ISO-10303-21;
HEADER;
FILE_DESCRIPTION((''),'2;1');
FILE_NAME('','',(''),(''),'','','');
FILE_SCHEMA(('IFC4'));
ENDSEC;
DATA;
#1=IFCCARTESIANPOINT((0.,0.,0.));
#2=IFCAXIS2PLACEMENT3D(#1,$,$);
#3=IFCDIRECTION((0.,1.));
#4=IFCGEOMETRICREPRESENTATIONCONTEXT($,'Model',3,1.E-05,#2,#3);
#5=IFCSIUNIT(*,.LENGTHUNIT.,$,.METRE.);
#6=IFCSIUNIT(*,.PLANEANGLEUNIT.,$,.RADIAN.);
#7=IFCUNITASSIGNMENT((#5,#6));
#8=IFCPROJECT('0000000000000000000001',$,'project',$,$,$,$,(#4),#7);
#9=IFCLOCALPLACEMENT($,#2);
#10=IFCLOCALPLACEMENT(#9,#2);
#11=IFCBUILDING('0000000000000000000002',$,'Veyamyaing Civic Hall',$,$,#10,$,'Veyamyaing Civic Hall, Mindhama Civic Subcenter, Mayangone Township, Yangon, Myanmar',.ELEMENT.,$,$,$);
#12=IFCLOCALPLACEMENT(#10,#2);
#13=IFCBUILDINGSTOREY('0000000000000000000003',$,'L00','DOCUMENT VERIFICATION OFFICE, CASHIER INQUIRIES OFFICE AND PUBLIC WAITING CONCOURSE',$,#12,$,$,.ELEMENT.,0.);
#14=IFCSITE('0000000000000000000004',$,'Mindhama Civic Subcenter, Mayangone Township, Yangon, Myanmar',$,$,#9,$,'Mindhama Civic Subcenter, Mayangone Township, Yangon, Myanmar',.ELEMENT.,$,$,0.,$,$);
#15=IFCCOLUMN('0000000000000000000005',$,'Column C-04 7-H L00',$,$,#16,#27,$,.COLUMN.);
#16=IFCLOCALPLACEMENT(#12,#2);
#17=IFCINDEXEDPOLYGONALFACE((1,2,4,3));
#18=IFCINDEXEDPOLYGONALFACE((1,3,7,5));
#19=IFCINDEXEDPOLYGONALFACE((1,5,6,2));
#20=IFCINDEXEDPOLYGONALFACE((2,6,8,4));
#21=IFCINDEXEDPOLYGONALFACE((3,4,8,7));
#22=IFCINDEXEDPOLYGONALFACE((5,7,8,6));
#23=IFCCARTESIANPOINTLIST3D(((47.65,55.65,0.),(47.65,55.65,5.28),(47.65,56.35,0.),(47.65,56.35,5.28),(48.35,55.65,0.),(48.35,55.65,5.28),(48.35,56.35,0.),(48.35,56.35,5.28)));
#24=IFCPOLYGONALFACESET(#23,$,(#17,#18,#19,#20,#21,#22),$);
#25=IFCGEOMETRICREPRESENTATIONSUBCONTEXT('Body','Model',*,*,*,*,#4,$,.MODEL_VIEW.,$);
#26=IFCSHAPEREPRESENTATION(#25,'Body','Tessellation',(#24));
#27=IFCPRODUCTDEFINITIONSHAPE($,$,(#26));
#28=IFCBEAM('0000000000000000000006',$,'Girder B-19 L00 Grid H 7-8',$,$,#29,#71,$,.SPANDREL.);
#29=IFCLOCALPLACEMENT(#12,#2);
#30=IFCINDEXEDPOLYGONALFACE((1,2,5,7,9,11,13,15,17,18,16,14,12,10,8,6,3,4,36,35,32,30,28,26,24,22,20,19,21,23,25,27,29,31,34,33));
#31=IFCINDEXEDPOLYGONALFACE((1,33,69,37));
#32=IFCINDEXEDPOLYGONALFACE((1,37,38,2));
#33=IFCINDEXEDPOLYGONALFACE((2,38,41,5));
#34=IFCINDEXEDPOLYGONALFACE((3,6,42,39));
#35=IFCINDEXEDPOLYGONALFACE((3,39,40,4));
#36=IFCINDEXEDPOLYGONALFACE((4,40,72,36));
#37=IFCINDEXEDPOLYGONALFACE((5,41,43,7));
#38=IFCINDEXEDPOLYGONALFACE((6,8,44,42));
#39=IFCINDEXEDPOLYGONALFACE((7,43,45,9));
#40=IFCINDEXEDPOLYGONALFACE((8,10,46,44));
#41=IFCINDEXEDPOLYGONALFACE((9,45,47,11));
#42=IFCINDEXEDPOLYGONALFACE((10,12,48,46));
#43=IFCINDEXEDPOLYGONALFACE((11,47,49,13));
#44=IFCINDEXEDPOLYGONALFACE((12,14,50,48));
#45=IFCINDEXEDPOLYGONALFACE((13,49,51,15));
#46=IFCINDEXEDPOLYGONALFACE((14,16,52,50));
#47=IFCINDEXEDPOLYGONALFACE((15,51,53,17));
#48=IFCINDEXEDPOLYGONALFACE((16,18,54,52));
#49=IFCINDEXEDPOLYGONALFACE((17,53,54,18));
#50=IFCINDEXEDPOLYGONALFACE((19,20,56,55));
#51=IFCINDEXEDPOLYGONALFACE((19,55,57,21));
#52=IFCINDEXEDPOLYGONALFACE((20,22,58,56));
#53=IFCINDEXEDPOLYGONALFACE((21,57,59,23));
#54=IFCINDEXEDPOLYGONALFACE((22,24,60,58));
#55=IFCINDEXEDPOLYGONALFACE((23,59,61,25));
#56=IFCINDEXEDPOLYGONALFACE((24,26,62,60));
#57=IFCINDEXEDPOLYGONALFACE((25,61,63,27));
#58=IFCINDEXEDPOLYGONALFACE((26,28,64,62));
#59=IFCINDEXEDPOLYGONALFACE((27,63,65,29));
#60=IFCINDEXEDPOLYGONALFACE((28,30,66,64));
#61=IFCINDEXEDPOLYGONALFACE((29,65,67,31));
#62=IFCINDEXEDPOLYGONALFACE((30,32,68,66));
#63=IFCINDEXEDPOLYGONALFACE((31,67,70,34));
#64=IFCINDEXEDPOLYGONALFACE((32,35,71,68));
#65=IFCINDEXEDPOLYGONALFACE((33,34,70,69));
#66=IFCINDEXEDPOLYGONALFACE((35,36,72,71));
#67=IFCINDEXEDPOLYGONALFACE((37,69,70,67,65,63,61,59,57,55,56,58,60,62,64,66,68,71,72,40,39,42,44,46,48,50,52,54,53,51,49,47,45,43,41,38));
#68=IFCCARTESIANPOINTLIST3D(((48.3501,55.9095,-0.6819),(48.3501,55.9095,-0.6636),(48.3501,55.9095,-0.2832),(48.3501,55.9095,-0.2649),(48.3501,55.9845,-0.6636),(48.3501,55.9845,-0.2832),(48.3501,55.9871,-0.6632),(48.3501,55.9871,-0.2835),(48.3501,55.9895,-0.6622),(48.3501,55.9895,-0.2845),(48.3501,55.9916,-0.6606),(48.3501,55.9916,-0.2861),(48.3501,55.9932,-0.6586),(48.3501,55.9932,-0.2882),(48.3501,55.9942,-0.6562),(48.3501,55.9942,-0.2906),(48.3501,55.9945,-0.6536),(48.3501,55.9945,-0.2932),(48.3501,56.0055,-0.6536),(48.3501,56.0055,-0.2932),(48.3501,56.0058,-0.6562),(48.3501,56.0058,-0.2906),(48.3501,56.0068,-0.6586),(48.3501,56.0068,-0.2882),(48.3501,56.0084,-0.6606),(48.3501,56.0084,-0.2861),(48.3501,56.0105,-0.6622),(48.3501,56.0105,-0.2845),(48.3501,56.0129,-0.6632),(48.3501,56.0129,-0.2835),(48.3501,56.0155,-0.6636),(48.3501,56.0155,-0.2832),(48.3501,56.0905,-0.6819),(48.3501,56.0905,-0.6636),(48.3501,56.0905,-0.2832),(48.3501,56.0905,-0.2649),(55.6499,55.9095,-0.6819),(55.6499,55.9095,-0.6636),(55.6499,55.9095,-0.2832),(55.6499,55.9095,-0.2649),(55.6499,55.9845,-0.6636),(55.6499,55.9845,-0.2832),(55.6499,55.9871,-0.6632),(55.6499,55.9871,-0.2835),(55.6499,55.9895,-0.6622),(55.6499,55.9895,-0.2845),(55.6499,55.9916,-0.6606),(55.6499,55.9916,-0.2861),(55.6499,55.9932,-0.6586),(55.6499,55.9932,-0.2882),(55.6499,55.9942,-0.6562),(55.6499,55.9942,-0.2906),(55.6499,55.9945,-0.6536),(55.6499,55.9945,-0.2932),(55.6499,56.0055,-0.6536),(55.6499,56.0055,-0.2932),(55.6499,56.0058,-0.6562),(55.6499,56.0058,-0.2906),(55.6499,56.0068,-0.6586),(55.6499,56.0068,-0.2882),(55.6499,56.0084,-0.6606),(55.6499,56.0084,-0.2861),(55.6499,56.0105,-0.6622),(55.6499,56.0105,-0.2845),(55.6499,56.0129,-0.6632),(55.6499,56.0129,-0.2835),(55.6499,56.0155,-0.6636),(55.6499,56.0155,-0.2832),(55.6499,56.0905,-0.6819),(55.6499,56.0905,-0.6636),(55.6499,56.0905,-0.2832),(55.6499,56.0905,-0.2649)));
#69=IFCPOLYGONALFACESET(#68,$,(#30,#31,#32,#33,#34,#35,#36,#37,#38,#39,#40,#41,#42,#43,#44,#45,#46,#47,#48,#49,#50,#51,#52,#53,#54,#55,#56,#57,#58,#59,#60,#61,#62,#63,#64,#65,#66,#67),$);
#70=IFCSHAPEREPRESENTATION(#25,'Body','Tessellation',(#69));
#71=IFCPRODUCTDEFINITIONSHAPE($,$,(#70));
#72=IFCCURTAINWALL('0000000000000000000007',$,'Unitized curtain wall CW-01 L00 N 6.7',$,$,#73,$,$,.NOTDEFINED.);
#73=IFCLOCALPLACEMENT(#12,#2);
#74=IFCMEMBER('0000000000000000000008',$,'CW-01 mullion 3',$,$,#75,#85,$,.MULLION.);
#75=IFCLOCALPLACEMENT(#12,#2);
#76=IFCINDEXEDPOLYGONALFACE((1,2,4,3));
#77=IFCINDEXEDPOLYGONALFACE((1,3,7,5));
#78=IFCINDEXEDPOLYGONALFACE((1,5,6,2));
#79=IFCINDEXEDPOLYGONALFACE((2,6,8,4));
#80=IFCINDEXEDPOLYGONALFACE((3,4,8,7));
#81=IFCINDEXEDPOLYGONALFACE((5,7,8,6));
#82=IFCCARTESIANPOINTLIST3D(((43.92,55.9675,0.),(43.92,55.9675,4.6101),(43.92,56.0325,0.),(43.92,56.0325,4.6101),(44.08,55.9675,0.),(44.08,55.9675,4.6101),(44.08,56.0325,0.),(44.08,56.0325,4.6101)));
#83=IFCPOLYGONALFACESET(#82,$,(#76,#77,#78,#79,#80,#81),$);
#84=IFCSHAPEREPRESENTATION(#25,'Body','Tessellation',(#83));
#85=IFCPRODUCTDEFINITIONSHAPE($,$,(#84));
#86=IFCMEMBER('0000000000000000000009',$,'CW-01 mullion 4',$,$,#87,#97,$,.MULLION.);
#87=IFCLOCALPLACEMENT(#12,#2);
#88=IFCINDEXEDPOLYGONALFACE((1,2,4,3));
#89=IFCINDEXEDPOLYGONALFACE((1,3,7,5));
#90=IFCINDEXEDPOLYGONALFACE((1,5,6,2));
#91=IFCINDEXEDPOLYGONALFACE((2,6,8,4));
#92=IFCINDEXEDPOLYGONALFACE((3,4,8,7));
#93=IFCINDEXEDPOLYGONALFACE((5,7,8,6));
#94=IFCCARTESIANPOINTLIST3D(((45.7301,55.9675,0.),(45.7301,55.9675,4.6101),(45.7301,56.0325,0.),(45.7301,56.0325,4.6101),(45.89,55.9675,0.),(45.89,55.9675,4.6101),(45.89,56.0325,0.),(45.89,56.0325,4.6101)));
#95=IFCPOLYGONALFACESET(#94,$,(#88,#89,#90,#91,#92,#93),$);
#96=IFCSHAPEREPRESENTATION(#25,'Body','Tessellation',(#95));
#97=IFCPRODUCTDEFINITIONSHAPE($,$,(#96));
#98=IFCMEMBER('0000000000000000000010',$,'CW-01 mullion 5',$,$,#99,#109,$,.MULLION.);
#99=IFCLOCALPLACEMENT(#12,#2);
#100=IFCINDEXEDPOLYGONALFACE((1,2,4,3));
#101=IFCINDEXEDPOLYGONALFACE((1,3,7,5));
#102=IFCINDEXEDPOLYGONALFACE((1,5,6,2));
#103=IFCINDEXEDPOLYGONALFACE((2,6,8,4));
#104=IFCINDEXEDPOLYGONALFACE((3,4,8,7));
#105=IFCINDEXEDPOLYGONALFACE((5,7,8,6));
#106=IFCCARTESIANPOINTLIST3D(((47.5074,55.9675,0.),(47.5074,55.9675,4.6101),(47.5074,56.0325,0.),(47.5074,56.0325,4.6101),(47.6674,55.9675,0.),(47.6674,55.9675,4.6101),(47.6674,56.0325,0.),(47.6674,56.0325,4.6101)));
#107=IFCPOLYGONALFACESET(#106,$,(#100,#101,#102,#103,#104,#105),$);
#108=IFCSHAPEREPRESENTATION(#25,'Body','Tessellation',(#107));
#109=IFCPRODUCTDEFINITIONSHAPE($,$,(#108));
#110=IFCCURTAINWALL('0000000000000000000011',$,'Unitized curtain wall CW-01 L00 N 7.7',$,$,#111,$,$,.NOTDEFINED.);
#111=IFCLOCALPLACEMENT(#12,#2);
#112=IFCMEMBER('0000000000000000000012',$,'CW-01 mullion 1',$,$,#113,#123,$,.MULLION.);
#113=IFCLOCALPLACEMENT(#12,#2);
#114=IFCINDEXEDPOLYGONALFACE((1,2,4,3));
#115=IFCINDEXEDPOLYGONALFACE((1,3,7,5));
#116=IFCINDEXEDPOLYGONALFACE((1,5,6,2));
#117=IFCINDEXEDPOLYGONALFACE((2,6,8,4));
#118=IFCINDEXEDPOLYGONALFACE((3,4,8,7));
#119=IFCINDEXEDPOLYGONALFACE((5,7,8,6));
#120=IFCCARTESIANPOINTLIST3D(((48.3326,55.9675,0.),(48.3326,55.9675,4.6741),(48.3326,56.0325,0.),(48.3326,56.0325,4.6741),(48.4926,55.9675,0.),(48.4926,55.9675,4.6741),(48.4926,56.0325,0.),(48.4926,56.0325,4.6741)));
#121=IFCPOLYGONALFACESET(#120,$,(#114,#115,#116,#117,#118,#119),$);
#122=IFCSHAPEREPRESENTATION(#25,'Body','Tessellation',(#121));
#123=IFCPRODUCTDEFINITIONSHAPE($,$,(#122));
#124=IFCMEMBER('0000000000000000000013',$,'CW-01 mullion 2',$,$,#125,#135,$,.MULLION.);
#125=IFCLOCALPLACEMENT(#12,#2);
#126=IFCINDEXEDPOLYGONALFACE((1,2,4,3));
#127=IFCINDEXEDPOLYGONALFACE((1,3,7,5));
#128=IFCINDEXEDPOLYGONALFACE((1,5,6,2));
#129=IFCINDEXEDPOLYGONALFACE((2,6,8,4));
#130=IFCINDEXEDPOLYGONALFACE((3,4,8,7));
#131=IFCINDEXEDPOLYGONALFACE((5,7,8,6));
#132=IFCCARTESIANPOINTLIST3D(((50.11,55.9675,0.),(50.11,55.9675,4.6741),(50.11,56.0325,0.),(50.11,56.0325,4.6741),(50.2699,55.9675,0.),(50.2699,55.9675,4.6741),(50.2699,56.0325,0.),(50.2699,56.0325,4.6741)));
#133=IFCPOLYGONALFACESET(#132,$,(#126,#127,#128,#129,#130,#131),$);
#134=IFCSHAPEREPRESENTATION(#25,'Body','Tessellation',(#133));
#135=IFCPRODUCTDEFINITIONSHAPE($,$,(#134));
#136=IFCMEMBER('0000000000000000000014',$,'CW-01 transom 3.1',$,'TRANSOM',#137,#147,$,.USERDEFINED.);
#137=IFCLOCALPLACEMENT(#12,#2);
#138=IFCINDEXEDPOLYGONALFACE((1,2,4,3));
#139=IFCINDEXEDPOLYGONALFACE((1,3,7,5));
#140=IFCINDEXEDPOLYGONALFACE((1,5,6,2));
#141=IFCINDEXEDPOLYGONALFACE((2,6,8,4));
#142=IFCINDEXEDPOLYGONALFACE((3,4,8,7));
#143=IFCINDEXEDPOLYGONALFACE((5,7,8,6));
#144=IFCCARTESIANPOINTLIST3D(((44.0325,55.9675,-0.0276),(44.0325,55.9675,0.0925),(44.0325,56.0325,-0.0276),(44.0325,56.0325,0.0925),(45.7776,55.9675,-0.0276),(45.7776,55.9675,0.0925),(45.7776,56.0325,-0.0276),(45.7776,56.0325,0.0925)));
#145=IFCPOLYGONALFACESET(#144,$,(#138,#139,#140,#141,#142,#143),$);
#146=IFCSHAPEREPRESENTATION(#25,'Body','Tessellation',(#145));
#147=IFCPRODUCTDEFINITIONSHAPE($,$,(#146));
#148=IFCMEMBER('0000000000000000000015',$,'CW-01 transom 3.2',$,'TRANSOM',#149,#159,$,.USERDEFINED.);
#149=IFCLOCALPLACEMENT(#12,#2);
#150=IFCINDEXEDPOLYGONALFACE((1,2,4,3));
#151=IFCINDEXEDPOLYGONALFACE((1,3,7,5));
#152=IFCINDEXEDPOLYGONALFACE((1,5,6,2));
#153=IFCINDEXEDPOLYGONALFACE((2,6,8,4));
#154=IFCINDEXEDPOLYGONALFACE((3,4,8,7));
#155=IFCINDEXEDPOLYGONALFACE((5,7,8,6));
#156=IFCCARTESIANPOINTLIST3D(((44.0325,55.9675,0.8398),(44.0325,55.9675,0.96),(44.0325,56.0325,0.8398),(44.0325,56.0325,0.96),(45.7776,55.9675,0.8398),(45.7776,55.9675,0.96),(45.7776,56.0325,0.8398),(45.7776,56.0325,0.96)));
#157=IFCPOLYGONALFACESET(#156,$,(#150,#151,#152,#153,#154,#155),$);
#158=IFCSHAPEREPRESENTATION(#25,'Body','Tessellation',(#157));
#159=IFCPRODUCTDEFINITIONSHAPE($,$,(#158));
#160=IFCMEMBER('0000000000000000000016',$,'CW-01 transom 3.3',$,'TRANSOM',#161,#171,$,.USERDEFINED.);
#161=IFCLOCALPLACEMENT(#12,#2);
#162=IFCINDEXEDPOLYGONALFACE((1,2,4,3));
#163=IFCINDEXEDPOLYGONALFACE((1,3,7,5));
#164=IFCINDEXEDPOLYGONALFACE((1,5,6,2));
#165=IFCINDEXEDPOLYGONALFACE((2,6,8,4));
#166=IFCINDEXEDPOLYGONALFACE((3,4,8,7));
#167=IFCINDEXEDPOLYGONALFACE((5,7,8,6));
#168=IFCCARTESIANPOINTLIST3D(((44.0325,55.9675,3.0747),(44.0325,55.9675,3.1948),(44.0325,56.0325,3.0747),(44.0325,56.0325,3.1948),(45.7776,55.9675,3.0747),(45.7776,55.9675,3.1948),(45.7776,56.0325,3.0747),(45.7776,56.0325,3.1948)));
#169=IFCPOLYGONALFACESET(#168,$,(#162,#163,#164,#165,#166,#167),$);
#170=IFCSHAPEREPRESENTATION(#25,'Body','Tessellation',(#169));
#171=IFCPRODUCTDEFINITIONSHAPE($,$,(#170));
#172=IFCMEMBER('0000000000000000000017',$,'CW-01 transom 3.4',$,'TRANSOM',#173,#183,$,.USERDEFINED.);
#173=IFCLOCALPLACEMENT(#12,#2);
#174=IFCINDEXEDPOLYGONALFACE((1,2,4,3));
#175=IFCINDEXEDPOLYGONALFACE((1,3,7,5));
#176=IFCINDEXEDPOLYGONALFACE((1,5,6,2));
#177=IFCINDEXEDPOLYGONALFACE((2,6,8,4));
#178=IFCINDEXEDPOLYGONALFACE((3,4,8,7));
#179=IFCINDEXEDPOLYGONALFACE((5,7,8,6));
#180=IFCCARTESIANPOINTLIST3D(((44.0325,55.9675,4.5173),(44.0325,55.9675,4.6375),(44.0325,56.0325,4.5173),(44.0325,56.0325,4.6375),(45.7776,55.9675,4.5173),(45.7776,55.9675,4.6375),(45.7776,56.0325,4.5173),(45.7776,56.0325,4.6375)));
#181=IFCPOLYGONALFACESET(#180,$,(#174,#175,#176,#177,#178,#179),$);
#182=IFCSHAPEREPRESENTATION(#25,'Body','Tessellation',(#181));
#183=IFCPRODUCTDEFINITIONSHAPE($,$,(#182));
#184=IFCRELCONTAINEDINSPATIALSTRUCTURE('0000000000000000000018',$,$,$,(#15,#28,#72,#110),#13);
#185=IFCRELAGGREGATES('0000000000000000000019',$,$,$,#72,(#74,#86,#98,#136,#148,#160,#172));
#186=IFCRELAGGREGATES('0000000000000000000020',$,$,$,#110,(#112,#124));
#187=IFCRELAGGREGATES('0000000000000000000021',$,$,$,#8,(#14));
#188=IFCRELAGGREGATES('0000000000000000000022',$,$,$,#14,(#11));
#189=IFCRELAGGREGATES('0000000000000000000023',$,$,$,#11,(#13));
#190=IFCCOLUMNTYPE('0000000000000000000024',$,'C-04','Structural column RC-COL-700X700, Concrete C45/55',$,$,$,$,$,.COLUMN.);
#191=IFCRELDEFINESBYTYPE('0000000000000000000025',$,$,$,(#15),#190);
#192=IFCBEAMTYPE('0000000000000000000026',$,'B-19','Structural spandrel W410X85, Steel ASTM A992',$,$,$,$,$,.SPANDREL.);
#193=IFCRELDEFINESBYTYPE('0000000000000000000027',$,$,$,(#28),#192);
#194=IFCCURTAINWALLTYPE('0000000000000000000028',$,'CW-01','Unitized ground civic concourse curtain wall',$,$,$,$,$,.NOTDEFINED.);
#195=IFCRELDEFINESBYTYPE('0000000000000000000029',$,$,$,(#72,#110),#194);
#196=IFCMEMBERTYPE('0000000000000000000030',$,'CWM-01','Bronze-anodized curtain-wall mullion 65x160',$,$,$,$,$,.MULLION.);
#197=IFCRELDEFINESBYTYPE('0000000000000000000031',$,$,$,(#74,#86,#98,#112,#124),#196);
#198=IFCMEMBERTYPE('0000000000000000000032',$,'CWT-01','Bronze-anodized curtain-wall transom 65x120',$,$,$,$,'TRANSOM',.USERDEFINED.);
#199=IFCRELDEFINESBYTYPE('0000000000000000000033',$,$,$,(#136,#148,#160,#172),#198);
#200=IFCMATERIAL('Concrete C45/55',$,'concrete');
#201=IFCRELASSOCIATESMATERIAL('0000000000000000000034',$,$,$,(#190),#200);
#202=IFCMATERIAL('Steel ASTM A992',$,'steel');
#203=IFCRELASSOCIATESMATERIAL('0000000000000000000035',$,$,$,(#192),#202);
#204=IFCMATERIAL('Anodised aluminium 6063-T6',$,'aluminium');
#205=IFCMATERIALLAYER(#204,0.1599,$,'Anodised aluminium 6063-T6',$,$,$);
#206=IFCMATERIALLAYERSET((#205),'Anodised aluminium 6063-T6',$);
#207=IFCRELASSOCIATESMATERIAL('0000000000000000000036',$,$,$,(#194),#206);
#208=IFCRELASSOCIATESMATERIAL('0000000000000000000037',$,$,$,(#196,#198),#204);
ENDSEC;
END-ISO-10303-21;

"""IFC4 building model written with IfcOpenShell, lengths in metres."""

from ifc_helpers import new_model, si_unit, direction, frame, origin, origin_2d, place, context, subcontext, project, spatial, rectangle, i_section, extrude, material, layer, layer_set, material_profile, profile_set, type_object, element, aggregate, save


model = new_model("IFC4")

# Units and contexts
model_context = context("Model", 3, precision=1e-05, world=origin(), true_north=direction((0.0, 1.0)))
body_context = subcontext(model_context, "Body", "Model", "MODEL_VIEW")
ifc_project = project(units=[si_unit("LENGTHUNIT", "METRE"), si_unit("PLANEANGLEUNIT", "RADIAN")], contexts=[model_context])

# Site, building, storey
site_placement = place(None, origin())
site = spatial("IfcSite", under=ifc_project, at=site_placement, Name="Mindhama Civic Subcenter, Mayangone Township, Yangon, Myanmar", LongName="Mindhama Civic Subcenter, Mayangone Township, Yangon, Myanmar", CompositionType="ELEMENT", RefElevation=0.0)
building_placement = place(site_placement, origin())
building = spatial("IfcBuilding", under=site, at=building_placement, Name="Veyamyaing Civic Hall", LongName="Veyamyaing Civic Hall, Mindhama Civic Subcenter, Mayangone Township, Yangon, Myanmar", CompositionType="ELEMENT")
storey_placement = place(building_placement, origin())
storey = spatial("IfcBuildingStorey", under=building, at=storey_placement, Name="L00", Description="DOCUMENT VERIFICATION OFFICE, CASHIER INQUIRIES OFFICE AND PUBLIC WAITING CONCOURSE", CompositionType="ELEMENT", Elevation=0.0)

# Column
ifc_material_1 = material(Name="Concrete C45/55", Category="concrete")
ifc_material_profile_1 = material_profile(ifc_material_1, rectangle(XDim=0.7, YDim=0.7, at=origin_2d()), Name="RC-COL-700X700")
ifc_profile_set_1 = profile_set([ifc_material_profile_1], Name="Concrete C45/55")
column_type = type_object("IfcColumnType", Name="C-04", Description="Structural column RC-COL-700X700, Concrete C45/55", PredefinedType="COLUMN", material=ifc_profile_set_1)
column_placement = place(storey_placement, frame((48.0, 56.0, 0.0), z_axis=(0.0, 0.0, 1.0), x_axis=(1.0, 0.0, 0.0)))
element("IfcColumn", 1, at=column_placement, inside=storey, type_object=column_type, Name="Column C-04 7-H L00", PredefinedType="COLUMN", context=body_context, shape_type="SweptSolid", body=[
    extrude(rectangle(XDim=0.7, YDim=0.7, at=origin_2d()), origin(), (0.0, 0.0, 1.0), 5.28),
])

# Beam
ifc_material_2 = material(Name="Steel ASTM A992", Category="steel")
ifc_material_profile_2 = material_profile(ifc_material_2, i_section(OverallWidth=0.1809, OverallDepth=0.417, WebThickness=0.011, FlangeThickness=0.0183, FilletRadius=0.01, at=origin_2d()), Name="W410X85")
ifc_profile_set_2 = profile_set([ifc_material_profile_2], Name="Steel ASTM A992")
beam_type_1 = type_object("IfcBeamType", Name="B-19", Description="Structural spandrel W410X85, Steel ASTM A992", PredefinedType="SPANDREL", material=ifc_profile_set_2)
beam_1_placement = place(storey_placement, frame((48.3501, 56.0, -0.4734), z_axis=(1.0, 0.0, 0.0), x_axis=(0.0, 1.0, 0.0)))
element("IfcBeam", 2, at=beam_1_placement, inside=storey, type_object=beam_type_1, Name="Girder B-19 L00 Grid H 7-8", PredefinedType="SPANDREL", context=body_context, shape_type="SweptSolid", body=[
    extrude(i_section(OverallWidth=0.1809, OverallDepth=0.417, WebThickness=0.011, FlangeThickness=0.0183, FilletRadius=0.01, at=origin_2d()), origin(), (0.0, 0.0, 1.0), 7.2998),
])

# Curtain walls, members
ifc_material_3 = material(Name="Anodised aluminium 6063-T6", Category="aluminium")
ifc_layer_1 = layer(ifc_material_3, 0.1599, Name="Anodised aluminium 6063-T6")
ifc_layer_set_1 = layer_set([ifc_layer_1], Name="Anodised aluminium 6063-T6")
curtain_wall_type = type_object("IfcCurtainWallType", Name="CW-01", Description="Unitized ground civic concourse curtain wall", PredefinedType="NOTDEFINED", material=ifc_layer_set_1)
curtain_wall_1_placement = place(storey_placement, origin())
curtain_wall_1 = element("IfcCurtainWall", 3, at=curtain_wall_1_placement, inside=storey, type_object=curtain_wall_type, Name="Unitized curtain wall CW-01 L00 N 6.7", PredefinedType="NOTDEFINED")
ifc_material_profile_3 = material_profile(ifc_material_3, rectangle(XDim=0.0649, YDim=0.1599, at=origin_2d()), Name="ALU-MUL-65X160")
ifc_profile_set_3 = profile_set([ifc_material_profile_3], Name="Anodised aluminium 6063-T6")
member_type_1 = type_object("IfcMemberType", Name="CWM-01", Description="Bronze-anodized curtain-wall mullion 65x160", PredefinedType="MULLION", material=ifc_profile_set_3)
member_1_placement = place(storey_placement, frame((44.0, 56.0, 0.0), z_axis=(0.0, 0.0, 1.0), x_axis=(0.0, 1.0, 0.0)))
member_1 = element("IfcMember", 4, at=member_1_placement, type_object=member_type_1, Name="CW-01 mullion 3", PredefinedType="MULLION", context=body_context, shape_type="SweptSolid", body=[
    extrude(rectangle(XDim=0.0649, YDim=0.1599, at=origin_2d()), origin(), (0.0, 0.0, 1.0), 4.6101),
])
member_2_placement = place(storey_placement, frame((45.8101, 56.0, 0.0), z_axis=(0.0, 0.0, 1.0), x_axis=(0.0, 1.0, 0.0)))
member_2 = element("IfcMember", 5, at=member_2_placement, type_object=member_type_1, Name="CW-01 mullion 4", PredefinedType="MULLION", context=body_context, shape_type="SweptSolid", body=[
    extrude(rectangle(XDim=0.0649, YDim=0.1599, at=origin_2d()), origin(), (0.0, 0.0, 1.0), 4.6101),
])
member_3_placement = place(storey_placement, frame((47.5874, 56.0, 0.0), z_axis=(0.0, 0.0, 1.0), x_axis=(0.0, 1.0, 0.0)))
member_3 = element("IfcMember", 6, at=member_3_placement, type_object=member_type_1, Name="CW-01 mullion 5", PredefinedType="MULLION", context=body_context, shape_type="SweptSolid", body=[
    extrude(rectangle(XDim=0.0649, YDim=0.1599, at=origin_2d()), origin(), (0.0, 0.0, 1.0), 4.6101),
])
curtain_wall_2_placement = place(storey_placement, origin())
curtain_wall_2 = element("IfcCurtainWall", 7, at=curtain_wall_2_placement, inside=storey, type_object=curtain_wall_type, Name="Unitized curtain wall CW-01 L00 N 7.7", PredefinedType="NOTDEFINED")
member_4_placement = place(storey_placement, frame((48.4126, 56.0, 0.0), z_axis=(0.0, 0.0, 1.0), x_axis=(0.0, 1.0, 0.0)))
member_4 = element("IfcMember", 8, at=member_4_placement, type_object=member_type_1, Name="CW-01 mullion 1", PredefinedType="MULLION", context=body_context, shape_type="SweptSolid", body=[
    extrude(rectangle(XDim=0.0649, YDim=0.1599, at=origin_2d()), origin(), (0.0, 0.0, 1.0), 4.6741),
])
member_5_placement = place(storey_placement, frame((50.1899, 56.0, 0.0), z_axis=(0.0, 0.0, 1.0), x_axis=(0.0, 1.0, 0.0)))
member_5 = element("IfcMember", 9, at=member_5_placement, type_object=member_type_1, Name="CW-01 mullion 2", PredefinedType="MULLION", context=body_context, shape_type="SweptSolid", body=[
    extrude(rectangle(XDim=0.0649, YDim=0.1599, at=origin_2d()), origin(), (0.0, 0.0, 1.0), 4.6741),
])

# Members
ifc_material_profile_4 = material_profile(ifc_material_3, rectangle(XDim=0.0649, YDim=0.1201, at=origin_2d()), Name="ALU-TRN-65X120")
ifc_profile_set_4 = profile_set([ifc_material_profile_4], Name="Anodised aluminium 6063-T6")
member_type_2 = type_object("IfcMemberType", Name="CWT-01", Description="Bronze-anodized curtain-wall transom 65x120", ElementType="TRANSOM", PredefinedType="USERDEFINED", material=ifc_profile_set_4)
member_6_placement = place(storey_placement, frame((44.0325, 56.0, 0.0325), z_axis=(1.0, 0.0, 0.0), x_axis=(0.0, 1.0, 0.0)))
member_6 = element("IfcMember", 10, at=member_6_placement, type_object=member_type_2, Name="CW-01 transom 3.1", ObjectType="TRANSOM", PredefinedType="USERDEFINED", context=body_context, shape_type="SweptSolid", body=[
    extrude(rectangle(XDim=0.0649, YDim=0.1201, at=origin_2d()), origin(), (0.0, 0.0, 1.0), 1.7451),
])
member_7_placement = place(storey_placement, frame((44.0325, 56.0, 0.8999), z_axis=(1.0, 0.0, 0.0), x_axis=(0.0, 1.0, 0.0)))
member_7 = element("IfcMember", 11, at=member_7_placement, type_object=member_type_2, Name="CW-01 transom 3.2", ObjectType="TRANSOM", PredefinedType="USERDEFINED", context=body_context, shape_type="SweptSolid", body=[
    extrude(rectangle(XDim=0.0649, YDim=0.1201, at=origin_2d()), origin(), (0.0, 0.0, 1.0), 1.7451),
])
member_8_placement = place(storey_placement, frame((44.0325, 56.0, 3.1348), z_axis=(1.0, 0.0, 0.0), x_axis=(0.0, 1.0, 0.0)))
member_8 = element("IfcMember", 12, at=member_8_placement, type_object=member_type_2, Name="CW-01 transom 3.3", ObjectType="TRANSOM", PredefinedType="USERDEFINED", context=body_context, shape_type="SweptSolid", body=[
    extrude(rectangle(XDim=0.0649, YDim=0.1201, at=origin_2d()), origin(), (0.0, 0.0, 1.0), 1.7451),
])
member_9_placement = place(storey_placement, frame((44.0325, 56.0, 4.5774), z_axis=(1.0, 0.0, 0.0), x_axis=(0.0, 1.0, 0.0)))
member_9 = element("IfcMember", 13, at=member_9_placement, type_object=member_type_2, Name="CW-01 transom 3.4", ObjectType="TRANSOM", PredefinedType="USERDEFINED", context=body_context, shape_type="SweptSolid", body=[
    extrude(rectangle(XDim=0.0649, YDim=0.1201, at=origin_2d()), origin(), (0.0, 0.0, 1.0), 1.7451),
])

aggregate(curtain_wall_1, [member_1, member_2, member_3, member_6, member_7, member_8, member_9])
aggregate(curtain_wall_2, [member_4, member_5])

save(model, "model.ifc")
